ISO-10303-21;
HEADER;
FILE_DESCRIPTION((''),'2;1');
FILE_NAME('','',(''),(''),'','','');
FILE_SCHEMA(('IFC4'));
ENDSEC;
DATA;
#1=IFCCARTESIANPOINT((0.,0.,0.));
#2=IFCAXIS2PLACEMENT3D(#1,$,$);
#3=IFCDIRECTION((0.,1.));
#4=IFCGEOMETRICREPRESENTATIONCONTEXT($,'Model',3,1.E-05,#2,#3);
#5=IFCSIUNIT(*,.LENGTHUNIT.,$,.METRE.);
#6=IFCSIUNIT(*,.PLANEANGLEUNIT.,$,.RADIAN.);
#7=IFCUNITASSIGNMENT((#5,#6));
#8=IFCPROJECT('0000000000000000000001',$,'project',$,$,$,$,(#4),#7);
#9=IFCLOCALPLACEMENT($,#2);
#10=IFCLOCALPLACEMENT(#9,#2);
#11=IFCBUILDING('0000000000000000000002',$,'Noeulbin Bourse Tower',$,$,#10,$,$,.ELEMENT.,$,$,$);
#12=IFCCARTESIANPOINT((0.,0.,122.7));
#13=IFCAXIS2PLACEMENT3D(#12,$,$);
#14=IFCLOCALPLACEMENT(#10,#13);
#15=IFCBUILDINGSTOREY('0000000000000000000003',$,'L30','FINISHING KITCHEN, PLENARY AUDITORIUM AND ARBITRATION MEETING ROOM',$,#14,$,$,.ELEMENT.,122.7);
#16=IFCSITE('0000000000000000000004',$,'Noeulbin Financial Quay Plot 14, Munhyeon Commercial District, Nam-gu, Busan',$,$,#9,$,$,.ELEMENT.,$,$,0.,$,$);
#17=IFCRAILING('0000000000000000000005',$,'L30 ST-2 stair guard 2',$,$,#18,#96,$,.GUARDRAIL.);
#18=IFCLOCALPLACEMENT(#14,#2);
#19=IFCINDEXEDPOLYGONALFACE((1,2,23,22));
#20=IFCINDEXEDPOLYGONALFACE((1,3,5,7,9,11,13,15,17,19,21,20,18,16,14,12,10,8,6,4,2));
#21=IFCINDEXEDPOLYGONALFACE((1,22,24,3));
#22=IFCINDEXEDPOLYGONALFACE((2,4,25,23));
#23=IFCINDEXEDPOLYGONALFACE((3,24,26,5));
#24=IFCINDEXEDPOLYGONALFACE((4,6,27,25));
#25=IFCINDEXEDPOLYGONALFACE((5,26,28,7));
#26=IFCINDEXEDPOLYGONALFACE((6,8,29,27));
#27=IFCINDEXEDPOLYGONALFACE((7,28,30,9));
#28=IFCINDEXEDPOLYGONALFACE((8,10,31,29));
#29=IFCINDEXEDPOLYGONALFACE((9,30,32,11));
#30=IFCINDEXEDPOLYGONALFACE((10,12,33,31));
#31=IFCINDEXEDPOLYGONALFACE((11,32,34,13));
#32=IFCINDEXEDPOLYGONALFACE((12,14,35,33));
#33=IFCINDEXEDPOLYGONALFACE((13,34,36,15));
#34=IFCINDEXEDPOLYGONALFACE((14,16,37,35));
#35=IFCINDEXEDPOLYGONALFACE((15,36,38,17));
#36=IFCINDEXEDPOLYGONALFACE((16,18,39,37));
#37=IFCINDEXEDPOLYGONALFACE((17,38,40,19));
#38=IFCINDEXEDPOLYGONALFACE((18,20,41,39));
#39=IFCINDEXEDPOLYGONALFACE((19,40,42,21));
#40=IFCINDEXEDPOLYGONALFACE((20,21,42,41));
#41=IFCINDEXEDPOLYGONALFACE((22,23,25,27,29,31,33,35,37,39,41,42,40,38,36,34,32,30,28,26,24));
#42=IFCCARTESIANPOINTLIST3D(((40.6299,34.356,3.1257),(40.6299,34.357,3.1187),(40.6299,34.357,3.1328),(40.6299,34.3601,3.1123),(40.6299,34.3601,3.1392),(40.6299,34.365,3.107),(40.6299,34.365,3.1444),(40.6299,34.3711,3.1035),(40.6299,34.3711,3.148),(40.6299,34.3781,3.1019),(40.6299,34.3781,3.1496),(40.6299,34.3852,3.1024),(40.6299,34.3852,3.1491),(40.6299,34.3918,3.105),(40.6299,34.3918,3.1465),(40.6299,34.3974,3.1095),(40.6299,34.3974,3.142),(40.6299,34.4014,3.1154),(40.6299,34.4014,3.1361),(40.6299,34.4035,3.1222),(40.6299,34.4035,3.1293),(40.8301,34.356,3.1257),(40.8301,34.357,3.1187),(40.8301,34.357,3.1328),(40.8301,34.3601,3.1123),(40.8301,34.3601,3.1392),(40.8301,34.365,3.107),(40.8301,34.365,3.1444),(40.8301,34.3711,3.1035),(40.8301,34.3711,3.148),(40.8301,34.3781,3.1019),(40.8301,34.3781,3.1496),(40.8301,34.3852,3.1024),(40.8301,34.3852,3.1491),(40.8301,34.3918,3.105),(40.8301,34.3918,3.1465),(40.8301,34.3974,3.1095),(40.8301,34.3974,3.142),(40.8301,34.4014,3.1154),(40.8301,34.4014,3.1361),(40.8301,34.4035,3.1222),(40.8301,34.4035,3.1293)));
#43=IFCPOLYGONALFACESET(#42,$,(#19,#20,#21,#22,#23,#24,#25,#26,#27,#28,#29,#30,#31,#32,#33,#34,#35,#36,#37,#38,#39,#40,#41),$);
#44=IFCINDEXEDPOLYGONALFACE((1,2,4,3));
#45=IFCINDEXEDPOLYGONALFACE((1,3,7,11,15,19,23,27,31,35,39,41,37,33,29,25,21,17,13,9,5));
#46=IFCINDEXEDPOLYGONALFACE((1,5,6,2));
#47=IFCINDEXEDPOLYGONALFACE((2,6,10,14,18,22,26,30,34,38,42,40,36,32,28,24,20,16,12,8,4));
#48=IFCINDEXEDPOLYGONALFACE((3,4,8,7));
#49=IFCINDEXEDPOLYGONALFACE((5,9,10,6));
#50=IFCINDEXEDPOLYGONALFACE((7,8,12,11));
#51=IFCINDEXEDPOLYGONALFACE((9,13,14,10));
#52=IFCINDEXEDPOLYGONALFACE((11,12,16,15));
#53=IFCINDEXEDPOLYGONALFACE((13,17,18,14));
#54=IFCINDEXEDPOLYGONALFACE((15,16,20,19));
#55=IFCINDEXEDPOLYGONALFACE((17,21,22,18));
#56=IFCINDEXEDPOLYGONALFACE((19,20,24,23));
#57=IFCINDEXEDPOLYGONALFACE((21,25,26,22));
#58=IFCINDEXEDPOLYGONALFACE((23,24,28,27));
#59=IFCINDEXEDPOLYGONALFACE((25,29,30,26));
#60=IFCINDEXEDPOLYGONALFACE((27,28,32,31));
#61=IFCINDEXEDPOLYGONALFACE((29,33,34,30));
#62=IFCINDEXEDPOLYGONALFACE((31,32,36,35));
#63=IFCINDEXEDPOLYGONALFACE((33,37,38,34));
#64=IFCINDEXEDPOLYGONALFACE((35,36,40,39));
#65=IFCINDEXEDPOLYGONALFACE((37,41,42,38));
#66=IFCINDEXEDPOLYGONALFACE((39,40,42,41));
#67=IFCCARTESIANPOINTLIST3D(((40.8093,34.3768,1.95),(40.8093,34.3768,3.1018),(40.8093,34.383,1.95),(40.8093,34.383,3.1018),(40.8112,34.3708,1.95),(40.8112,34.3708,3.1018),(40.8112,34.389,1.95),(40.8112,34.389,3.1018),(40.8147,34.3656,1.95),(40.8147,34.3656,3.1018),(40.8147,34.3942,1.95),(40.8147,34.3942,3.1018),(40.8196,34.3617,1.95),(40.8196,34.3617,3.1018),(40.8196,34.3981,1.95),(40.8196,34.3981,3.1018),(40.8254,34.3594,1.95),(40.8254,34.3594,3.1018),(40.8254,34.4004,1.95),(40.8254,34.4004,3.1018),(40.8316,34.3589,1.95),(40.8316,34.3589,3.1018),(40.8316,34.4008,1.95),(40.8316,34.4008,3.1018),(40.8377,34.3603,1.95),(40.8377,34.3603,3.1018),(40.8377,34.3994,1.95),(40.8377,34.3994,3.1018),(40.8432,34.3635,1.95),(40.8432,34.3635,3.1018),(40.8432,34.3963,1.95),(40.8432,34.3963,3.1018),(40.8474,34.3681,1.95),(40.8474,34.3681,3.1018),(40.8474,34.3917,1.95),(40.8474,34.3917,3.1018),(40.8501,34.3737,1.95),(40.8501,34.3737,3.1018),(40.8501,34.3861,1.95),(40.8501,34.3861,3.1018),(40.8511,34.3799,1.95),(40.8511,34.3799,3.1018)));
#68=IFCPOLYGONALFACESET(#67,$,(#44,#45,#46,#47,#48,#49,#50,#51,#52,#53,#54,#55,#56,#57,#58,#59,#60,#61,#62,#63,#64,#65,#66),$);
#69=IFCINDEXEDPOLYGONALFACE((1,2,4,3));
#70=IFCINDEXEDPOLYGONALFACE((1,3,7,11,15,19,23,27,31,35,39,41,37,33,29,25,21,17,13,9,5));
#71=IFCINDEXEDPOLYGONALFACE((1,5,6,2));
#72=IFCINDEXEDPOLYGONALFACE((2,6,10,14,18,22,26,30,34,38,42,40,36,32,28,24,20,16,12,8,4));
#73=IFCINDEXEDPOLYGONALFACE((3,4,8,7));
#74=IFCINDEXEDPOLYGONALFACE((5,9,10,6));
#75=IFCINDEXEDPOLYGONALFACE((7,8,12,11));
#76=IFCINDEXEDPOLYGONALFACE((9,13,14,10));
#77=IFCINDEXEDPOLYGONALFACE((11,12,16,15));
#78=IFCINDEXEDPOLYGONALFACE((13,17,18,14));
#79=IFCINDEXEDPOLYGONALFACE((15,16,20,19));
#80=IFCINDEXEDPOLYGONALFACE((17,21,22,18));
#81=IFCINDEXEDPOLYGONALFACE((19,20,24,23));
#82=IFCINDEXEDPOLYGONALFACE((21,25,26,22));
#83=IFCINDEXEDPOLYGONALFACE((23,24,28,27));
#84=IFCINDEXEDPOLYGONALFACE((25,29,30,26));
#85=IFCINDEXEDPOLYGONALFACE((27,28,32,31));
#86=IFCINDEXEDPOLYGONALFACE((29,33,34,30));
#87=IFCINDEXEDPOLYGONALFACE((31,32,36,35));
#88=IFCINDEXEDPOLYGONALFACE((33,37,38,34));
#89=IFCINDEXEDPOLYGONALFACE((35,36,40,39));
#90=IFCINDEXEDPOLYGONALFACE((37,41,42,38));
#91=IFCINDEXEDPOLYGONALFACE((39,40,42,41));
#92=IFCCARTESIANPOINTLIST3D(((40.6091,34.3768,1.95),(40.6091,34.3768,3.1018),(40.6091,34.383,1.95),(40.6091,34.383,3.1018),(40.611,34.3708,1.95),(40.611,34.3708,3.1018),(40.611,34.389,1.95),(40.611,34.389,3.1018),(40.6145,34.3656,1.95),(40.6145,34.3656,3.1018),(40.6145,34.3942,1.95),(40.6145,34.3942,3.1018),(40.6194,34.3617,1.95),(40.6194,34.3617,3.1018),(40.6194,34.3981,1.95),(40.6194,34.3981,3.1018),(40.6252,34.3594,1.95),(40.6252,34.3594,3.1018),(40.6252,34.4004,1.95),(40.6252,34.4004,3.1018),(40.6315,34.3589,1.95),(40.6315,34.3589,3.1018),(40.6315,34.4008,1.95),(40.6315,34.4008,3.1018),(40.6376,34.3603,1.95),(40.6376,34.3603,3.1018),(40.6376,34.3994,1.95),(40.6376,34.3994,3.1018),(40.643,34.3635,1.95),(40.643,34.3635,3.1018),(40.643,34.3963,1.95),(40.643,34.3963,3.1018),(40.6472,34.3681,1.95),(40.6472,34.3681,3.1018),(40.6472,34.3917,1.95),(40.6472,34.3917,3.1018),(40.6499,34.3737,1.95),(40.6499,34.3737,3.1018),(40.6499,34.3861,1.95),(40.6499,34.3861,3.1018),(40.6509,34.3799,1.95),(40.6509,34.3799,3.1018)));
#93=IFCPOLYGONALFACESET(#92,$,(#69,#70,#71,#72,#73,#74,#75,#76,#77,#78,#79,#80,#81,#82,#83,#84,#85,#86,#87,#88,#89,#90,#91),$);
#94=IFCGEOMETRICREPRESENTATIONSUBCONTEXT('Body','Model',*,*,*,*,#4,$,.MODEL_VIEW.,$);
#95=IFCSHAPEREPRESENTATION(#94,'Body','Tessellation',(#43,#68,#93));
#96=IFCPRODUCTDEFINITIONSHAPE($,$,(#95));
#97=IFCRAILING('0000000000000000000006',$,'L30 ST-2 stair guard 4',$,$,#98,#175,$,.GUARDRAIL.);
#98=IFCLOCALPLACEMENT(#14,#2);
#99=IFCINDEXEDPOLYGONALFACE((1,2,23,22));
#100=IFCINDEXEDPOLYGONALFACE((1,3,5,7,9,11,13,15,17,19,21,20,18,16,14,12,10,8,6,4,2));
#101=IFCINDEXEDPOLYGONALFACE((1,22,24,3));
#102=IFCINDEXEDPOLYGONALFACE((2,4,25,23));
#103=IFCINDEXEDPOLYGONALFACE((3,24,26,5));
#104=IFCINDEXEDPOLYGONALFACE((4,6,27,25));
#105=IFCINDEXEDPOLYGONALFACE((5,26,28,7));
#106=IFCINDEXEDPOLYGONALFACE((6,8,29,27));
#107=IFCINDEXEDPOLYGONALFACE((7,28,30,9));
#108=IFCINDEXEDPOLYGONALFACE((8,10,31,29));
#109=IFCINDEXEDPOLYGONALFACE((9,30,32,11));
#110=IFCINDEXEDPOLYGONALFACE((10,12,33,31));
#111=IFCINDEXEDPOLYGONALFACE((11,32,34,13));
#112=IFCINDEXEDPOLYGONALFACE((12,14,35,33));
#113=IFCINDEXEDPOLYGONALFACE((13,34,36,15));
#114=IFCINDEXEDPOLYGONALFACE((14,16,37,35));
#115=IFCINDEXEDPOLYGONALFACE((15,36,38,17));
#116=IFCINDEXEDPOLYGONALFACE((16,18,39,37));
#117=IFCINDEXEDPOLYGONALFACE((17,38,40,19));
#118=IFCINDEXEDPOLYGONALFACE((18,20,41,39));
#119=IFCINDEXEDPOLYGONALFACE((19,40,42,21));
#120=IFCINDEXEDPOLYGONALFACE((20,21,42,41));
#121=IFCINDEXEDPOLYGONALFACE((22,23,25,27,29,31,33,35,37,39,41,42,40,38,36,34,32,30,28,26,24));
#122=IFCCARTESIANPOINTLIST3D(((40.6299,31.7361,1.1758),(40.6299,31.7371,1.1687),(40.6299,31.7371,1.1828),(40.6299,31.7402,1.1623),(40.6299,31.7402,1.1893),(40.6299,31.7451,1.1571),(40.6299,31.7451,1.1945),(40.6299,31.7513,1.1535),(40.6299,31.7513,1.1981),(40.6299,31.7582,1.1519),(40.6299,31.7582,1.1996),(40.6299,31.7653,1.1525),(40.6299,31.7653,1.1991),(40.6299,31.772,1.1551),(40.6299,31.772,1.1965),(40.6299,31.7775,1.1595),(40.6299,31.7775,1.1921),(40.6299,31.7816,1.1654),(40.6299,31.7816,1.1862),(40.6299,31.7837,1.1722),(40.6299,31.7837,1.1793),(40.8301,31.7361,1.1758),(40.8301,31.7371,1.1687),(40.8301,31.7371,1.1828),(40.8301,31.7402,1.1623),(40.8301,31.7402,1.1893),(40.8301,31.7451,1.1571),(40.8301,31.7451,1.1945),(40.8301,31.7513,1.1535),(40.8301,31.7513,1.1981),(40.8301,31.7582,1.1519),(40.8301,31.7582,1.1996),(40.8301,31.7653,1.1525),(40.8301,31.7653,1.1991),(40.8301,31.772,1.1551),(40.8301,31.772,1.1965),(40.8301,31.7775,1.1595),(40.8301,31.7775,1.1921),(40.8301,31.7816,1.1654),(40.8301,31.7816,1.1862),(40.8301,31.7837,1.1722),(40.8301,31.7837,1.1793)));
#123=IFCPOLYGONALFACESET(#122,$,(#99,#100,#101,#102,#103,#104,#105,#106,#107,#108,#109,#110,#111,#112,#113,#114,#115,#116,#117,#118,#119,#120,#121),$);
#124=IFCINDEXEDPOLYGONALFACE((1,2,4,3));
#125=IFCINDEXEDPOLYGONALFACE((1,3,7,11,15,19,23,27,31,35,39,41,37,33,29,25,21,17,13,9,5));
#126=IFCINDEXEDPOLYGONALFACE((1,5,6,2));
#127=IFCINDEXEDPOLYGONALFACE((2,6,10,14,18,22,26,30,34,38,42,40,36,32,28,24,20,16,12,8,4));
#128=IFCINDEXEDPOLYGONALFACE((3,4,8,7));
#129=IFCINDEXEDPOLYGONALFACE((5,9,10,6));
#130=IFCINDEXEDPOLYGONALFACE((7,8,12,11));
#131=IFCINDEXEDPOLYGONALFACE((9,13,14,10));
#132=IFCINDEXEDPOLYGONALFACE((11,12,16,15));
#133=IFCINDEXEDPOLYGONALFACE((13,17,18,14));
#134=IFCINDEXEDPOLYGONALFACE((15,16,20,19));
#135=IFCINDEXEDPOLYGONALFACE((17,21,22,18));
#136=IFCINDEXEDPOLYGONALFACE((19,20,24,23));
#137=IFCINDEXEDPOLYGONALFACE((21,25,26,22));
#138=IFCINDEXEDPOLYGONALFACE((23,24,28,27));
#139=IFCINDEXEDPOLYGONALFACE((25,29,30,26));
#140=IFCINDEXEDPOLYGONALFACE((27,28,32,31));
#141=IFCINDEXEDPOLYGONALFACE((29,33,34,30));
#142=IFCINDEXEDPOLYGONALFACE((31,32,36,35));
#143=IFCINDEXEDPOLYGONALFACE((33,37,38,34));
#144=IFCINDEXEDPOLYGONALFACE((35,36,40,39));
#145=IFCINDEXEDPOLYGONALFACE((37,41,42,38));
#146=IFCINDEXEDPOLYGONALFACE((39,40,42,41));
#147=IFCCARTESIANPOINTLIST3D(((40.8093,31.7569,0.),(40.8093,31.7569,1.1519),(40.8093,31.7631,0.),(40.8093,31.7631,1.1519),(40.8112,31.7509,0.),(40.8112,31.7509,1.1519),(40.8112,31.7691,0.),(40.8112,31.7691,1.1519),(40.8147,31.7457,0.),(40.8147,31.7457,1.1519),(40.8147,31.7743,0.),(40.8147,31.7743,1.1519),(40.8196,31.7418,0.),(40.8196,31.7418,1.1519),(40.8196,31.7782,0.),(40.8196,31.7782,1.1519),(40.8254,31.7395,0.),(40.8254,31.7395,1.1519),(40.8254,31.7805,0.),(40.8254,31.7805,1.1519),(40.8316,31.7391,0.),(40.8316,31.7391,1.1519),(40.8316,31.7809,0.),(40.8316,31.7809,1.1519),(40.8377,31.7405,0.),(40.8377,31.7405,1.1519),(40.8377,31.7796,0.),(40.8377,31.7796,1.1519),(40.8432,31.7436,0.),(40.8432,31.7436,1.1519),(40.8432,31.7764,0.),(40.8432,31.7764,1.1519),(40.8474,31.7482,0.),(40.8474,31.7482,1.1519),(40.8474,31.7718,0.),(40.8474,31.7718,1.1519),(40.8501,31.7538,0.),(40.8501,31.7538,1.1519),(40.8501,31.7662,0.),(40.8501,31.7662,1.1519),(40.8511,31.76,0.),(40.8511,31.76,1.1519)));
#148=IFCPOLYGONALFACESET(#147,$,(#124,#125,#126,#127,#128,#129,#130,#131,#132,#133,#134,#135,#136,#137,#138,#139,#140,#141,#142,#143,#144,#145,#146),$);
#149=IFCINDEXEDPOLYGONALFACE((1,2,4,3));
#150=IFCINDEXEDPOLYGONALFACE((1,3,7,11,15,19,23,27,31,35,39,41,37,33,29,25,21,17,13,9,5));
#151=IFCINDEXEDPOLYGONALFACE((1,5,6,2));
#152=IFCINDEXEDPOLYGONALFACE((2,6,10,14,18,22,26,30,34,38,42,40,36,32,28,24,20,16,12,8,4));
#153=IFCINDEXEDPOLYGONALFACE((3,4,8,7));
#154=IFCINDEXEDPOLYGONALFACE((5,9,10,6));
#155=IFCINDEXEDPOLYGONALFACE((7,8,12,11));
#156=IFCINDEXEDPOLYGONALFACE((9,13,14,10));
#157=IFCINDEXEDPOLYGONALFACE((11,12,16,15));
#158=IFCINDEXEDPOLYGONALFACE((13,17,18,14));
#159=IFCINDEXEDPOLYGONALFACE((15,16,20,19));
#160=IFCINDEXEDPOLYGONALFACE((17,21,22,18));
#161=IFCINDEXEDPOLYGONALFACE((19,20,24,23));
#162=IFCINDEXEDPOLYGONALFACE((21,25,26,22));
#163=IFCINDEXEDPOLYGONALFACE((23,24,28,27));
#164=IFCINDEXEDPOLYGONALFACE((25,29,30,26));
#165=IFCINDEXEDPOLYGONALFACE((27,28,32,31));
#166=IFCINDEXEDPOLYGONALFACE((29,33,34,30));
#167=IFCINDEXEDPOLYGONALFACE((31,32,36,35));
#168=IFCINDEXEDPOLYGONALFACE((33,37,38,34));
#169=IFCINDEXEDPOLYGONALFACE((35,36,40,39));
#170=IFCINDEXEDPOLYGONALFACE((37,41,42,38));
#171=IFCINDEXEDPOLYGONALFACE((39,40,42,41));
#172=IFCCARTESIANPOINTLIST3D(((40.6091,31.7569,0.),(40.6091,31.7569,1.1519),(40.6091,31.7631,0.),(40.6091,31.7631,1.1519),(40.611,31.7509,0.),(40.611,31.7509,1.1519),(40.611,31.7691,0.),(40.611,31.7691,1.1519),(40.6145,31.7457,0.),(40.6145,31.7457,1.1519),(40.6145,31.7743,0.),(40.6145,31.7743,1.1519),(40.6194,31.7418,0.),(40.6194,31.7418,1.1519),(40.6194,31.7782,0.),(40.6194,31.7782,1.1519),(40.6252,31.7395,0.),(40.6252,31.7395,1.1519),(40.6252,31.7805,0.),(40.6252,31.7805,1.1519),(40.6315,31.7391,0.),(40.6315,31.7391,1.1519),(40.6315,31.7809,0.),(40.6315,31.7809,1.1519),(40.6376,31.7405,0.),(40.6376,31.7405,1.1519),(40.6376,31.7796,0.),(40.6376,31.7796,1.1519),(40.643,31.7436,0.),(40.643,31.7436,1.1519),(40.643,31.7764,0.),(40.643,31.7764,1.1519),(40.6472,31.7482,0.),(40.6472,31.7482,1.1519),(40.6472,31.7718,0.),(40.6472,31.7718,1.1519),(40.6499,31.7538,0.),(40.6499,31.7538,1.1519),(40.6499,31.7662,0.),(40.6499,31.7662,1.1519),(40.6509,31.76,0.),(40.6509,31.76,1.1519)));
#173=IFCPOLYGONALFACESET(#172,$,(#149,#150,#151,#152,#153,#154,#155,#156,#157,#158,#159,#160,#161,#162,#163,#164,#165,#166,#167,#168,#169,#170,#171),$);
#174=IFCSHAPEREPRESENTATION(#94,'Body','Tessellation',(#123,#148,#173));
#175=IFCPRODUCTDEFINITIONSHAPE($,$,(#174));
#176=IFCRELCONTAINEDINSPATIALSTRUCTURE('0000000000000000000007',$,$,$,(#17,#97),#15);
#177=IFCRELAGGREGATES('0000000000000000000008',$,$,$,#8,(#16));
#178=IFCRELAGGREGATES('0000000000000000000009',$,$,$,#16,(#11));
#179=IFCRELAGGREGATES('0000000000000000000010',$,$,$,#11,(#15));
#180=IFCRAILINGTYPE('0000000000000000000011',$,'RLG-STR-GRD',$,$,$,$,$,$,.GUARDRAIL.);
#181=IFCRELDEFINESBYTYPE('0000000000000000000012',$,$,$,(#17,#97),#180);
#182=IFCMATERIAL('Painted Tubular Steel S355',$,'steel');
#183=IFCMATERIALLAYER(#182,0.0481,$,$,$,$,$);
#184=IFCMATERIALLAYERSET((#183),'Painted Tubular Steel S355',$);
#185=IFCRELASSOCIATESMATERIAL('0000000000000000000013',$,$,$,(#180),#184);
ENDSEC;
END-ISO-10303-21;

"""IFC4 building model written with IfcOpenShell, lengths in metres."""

from ifc_helpers import new_model, si_unit, direction, frame, origin, origin_2d, place, context, subcontext, project, spatial, circle, extrude, material, layer, layer_set, type_object, element, save


model = new_model("IFC4")

# Units and contexts
model_context = context("Model", 3, precision=1e-05, world=origin(), true_north=direction((0.0, 1.0)))
body_context = subcontext(model_context, "Body", "Model", "MODEL_VIEW")
ifc_project = project(units=[si_unit("LENGTHUNIT", "METRE"), si_unit("PLANEANGLEUNIT", "RADIAN")], contexts=[model_context])

# Site, building, storey
site_placement = place(None, origin())
site = spatial("IfcSite", under=ifc_project, at=site_placement, Name="Noeulbin Financial Quay Plot 14, Munhyeon Commercial District, Nam-gu, Busan", CompositionType="ELEMENT", RefElevation=0.0)
building_placement = place(site_placement, origin())
building = spatial("IfcBuilding", under=site, at=building_placement, Name="Noeulbin Bourse Tower", CompositionType="ELEMENT")
storey_placement = place(building_placement, frame((0.0, 0.0, 122.7)))
storey = spatial("IfcBuildingStorey", under=building, at=storey_placement, Name="L30", Description="FINISHING KITCHEN, PLENARY AUDITORIUM AND ARBITRATION MEETING ROOM", CompositionType="ELEMENT", Elevation=122.7)

# Railings
ifc_material_1 = material(Name="Painted Tubular Steel S355", Category="steel")
ifc_layer_1 = layer(ifc_material_1, 0.0481)
ifc_layer_set_1 = layer_set([ifc_layer_1], Name="Painted Tubular Steel S355")
railing_type_1 = type_object("IfcRailingType", Name="RLG-STR-GRD", PredefinedType="GUARDRAIL", material=ifc_layer_set_1)
for number, where, name in (
    (1, (40.8301, 34.3799, 1.95), "L30 ST-2 stair guard 2"),
    (2, (40.8301, 31.76, 0.0), "L30 ST-2 stair guard 4"),
):
    element("IfcRailing", number, at=place(storey_placement, frame(where)), inside=storey, type_object=railing_type_1, Name=name, PredefinedType="GUARDRAIL", context=body_context, shape_type="SweptSolid", body=[
        extrude(circle(Radius=0.0239, at=origin_2d()), frame((0.0, 0.0, 1.1758), z_axis=(-1.0, 0.0, 0.0), x_axis=(0.0, -1.0, 0.0)), (0.0, 0.0, 1.0), 0.2002),
        extrude(circle(Radius=0.021, at=origin_2d()), origin(), (0.0, 0.0, 1.0), 1.1519),
        extrude(circle(Radius=0.021, at=origin_2d()), frame((-0.2002, 0.0, 0.0)), (0.0, 0.0, 1.0), 1.1519),
    ])

save(model, "model.ifc")
